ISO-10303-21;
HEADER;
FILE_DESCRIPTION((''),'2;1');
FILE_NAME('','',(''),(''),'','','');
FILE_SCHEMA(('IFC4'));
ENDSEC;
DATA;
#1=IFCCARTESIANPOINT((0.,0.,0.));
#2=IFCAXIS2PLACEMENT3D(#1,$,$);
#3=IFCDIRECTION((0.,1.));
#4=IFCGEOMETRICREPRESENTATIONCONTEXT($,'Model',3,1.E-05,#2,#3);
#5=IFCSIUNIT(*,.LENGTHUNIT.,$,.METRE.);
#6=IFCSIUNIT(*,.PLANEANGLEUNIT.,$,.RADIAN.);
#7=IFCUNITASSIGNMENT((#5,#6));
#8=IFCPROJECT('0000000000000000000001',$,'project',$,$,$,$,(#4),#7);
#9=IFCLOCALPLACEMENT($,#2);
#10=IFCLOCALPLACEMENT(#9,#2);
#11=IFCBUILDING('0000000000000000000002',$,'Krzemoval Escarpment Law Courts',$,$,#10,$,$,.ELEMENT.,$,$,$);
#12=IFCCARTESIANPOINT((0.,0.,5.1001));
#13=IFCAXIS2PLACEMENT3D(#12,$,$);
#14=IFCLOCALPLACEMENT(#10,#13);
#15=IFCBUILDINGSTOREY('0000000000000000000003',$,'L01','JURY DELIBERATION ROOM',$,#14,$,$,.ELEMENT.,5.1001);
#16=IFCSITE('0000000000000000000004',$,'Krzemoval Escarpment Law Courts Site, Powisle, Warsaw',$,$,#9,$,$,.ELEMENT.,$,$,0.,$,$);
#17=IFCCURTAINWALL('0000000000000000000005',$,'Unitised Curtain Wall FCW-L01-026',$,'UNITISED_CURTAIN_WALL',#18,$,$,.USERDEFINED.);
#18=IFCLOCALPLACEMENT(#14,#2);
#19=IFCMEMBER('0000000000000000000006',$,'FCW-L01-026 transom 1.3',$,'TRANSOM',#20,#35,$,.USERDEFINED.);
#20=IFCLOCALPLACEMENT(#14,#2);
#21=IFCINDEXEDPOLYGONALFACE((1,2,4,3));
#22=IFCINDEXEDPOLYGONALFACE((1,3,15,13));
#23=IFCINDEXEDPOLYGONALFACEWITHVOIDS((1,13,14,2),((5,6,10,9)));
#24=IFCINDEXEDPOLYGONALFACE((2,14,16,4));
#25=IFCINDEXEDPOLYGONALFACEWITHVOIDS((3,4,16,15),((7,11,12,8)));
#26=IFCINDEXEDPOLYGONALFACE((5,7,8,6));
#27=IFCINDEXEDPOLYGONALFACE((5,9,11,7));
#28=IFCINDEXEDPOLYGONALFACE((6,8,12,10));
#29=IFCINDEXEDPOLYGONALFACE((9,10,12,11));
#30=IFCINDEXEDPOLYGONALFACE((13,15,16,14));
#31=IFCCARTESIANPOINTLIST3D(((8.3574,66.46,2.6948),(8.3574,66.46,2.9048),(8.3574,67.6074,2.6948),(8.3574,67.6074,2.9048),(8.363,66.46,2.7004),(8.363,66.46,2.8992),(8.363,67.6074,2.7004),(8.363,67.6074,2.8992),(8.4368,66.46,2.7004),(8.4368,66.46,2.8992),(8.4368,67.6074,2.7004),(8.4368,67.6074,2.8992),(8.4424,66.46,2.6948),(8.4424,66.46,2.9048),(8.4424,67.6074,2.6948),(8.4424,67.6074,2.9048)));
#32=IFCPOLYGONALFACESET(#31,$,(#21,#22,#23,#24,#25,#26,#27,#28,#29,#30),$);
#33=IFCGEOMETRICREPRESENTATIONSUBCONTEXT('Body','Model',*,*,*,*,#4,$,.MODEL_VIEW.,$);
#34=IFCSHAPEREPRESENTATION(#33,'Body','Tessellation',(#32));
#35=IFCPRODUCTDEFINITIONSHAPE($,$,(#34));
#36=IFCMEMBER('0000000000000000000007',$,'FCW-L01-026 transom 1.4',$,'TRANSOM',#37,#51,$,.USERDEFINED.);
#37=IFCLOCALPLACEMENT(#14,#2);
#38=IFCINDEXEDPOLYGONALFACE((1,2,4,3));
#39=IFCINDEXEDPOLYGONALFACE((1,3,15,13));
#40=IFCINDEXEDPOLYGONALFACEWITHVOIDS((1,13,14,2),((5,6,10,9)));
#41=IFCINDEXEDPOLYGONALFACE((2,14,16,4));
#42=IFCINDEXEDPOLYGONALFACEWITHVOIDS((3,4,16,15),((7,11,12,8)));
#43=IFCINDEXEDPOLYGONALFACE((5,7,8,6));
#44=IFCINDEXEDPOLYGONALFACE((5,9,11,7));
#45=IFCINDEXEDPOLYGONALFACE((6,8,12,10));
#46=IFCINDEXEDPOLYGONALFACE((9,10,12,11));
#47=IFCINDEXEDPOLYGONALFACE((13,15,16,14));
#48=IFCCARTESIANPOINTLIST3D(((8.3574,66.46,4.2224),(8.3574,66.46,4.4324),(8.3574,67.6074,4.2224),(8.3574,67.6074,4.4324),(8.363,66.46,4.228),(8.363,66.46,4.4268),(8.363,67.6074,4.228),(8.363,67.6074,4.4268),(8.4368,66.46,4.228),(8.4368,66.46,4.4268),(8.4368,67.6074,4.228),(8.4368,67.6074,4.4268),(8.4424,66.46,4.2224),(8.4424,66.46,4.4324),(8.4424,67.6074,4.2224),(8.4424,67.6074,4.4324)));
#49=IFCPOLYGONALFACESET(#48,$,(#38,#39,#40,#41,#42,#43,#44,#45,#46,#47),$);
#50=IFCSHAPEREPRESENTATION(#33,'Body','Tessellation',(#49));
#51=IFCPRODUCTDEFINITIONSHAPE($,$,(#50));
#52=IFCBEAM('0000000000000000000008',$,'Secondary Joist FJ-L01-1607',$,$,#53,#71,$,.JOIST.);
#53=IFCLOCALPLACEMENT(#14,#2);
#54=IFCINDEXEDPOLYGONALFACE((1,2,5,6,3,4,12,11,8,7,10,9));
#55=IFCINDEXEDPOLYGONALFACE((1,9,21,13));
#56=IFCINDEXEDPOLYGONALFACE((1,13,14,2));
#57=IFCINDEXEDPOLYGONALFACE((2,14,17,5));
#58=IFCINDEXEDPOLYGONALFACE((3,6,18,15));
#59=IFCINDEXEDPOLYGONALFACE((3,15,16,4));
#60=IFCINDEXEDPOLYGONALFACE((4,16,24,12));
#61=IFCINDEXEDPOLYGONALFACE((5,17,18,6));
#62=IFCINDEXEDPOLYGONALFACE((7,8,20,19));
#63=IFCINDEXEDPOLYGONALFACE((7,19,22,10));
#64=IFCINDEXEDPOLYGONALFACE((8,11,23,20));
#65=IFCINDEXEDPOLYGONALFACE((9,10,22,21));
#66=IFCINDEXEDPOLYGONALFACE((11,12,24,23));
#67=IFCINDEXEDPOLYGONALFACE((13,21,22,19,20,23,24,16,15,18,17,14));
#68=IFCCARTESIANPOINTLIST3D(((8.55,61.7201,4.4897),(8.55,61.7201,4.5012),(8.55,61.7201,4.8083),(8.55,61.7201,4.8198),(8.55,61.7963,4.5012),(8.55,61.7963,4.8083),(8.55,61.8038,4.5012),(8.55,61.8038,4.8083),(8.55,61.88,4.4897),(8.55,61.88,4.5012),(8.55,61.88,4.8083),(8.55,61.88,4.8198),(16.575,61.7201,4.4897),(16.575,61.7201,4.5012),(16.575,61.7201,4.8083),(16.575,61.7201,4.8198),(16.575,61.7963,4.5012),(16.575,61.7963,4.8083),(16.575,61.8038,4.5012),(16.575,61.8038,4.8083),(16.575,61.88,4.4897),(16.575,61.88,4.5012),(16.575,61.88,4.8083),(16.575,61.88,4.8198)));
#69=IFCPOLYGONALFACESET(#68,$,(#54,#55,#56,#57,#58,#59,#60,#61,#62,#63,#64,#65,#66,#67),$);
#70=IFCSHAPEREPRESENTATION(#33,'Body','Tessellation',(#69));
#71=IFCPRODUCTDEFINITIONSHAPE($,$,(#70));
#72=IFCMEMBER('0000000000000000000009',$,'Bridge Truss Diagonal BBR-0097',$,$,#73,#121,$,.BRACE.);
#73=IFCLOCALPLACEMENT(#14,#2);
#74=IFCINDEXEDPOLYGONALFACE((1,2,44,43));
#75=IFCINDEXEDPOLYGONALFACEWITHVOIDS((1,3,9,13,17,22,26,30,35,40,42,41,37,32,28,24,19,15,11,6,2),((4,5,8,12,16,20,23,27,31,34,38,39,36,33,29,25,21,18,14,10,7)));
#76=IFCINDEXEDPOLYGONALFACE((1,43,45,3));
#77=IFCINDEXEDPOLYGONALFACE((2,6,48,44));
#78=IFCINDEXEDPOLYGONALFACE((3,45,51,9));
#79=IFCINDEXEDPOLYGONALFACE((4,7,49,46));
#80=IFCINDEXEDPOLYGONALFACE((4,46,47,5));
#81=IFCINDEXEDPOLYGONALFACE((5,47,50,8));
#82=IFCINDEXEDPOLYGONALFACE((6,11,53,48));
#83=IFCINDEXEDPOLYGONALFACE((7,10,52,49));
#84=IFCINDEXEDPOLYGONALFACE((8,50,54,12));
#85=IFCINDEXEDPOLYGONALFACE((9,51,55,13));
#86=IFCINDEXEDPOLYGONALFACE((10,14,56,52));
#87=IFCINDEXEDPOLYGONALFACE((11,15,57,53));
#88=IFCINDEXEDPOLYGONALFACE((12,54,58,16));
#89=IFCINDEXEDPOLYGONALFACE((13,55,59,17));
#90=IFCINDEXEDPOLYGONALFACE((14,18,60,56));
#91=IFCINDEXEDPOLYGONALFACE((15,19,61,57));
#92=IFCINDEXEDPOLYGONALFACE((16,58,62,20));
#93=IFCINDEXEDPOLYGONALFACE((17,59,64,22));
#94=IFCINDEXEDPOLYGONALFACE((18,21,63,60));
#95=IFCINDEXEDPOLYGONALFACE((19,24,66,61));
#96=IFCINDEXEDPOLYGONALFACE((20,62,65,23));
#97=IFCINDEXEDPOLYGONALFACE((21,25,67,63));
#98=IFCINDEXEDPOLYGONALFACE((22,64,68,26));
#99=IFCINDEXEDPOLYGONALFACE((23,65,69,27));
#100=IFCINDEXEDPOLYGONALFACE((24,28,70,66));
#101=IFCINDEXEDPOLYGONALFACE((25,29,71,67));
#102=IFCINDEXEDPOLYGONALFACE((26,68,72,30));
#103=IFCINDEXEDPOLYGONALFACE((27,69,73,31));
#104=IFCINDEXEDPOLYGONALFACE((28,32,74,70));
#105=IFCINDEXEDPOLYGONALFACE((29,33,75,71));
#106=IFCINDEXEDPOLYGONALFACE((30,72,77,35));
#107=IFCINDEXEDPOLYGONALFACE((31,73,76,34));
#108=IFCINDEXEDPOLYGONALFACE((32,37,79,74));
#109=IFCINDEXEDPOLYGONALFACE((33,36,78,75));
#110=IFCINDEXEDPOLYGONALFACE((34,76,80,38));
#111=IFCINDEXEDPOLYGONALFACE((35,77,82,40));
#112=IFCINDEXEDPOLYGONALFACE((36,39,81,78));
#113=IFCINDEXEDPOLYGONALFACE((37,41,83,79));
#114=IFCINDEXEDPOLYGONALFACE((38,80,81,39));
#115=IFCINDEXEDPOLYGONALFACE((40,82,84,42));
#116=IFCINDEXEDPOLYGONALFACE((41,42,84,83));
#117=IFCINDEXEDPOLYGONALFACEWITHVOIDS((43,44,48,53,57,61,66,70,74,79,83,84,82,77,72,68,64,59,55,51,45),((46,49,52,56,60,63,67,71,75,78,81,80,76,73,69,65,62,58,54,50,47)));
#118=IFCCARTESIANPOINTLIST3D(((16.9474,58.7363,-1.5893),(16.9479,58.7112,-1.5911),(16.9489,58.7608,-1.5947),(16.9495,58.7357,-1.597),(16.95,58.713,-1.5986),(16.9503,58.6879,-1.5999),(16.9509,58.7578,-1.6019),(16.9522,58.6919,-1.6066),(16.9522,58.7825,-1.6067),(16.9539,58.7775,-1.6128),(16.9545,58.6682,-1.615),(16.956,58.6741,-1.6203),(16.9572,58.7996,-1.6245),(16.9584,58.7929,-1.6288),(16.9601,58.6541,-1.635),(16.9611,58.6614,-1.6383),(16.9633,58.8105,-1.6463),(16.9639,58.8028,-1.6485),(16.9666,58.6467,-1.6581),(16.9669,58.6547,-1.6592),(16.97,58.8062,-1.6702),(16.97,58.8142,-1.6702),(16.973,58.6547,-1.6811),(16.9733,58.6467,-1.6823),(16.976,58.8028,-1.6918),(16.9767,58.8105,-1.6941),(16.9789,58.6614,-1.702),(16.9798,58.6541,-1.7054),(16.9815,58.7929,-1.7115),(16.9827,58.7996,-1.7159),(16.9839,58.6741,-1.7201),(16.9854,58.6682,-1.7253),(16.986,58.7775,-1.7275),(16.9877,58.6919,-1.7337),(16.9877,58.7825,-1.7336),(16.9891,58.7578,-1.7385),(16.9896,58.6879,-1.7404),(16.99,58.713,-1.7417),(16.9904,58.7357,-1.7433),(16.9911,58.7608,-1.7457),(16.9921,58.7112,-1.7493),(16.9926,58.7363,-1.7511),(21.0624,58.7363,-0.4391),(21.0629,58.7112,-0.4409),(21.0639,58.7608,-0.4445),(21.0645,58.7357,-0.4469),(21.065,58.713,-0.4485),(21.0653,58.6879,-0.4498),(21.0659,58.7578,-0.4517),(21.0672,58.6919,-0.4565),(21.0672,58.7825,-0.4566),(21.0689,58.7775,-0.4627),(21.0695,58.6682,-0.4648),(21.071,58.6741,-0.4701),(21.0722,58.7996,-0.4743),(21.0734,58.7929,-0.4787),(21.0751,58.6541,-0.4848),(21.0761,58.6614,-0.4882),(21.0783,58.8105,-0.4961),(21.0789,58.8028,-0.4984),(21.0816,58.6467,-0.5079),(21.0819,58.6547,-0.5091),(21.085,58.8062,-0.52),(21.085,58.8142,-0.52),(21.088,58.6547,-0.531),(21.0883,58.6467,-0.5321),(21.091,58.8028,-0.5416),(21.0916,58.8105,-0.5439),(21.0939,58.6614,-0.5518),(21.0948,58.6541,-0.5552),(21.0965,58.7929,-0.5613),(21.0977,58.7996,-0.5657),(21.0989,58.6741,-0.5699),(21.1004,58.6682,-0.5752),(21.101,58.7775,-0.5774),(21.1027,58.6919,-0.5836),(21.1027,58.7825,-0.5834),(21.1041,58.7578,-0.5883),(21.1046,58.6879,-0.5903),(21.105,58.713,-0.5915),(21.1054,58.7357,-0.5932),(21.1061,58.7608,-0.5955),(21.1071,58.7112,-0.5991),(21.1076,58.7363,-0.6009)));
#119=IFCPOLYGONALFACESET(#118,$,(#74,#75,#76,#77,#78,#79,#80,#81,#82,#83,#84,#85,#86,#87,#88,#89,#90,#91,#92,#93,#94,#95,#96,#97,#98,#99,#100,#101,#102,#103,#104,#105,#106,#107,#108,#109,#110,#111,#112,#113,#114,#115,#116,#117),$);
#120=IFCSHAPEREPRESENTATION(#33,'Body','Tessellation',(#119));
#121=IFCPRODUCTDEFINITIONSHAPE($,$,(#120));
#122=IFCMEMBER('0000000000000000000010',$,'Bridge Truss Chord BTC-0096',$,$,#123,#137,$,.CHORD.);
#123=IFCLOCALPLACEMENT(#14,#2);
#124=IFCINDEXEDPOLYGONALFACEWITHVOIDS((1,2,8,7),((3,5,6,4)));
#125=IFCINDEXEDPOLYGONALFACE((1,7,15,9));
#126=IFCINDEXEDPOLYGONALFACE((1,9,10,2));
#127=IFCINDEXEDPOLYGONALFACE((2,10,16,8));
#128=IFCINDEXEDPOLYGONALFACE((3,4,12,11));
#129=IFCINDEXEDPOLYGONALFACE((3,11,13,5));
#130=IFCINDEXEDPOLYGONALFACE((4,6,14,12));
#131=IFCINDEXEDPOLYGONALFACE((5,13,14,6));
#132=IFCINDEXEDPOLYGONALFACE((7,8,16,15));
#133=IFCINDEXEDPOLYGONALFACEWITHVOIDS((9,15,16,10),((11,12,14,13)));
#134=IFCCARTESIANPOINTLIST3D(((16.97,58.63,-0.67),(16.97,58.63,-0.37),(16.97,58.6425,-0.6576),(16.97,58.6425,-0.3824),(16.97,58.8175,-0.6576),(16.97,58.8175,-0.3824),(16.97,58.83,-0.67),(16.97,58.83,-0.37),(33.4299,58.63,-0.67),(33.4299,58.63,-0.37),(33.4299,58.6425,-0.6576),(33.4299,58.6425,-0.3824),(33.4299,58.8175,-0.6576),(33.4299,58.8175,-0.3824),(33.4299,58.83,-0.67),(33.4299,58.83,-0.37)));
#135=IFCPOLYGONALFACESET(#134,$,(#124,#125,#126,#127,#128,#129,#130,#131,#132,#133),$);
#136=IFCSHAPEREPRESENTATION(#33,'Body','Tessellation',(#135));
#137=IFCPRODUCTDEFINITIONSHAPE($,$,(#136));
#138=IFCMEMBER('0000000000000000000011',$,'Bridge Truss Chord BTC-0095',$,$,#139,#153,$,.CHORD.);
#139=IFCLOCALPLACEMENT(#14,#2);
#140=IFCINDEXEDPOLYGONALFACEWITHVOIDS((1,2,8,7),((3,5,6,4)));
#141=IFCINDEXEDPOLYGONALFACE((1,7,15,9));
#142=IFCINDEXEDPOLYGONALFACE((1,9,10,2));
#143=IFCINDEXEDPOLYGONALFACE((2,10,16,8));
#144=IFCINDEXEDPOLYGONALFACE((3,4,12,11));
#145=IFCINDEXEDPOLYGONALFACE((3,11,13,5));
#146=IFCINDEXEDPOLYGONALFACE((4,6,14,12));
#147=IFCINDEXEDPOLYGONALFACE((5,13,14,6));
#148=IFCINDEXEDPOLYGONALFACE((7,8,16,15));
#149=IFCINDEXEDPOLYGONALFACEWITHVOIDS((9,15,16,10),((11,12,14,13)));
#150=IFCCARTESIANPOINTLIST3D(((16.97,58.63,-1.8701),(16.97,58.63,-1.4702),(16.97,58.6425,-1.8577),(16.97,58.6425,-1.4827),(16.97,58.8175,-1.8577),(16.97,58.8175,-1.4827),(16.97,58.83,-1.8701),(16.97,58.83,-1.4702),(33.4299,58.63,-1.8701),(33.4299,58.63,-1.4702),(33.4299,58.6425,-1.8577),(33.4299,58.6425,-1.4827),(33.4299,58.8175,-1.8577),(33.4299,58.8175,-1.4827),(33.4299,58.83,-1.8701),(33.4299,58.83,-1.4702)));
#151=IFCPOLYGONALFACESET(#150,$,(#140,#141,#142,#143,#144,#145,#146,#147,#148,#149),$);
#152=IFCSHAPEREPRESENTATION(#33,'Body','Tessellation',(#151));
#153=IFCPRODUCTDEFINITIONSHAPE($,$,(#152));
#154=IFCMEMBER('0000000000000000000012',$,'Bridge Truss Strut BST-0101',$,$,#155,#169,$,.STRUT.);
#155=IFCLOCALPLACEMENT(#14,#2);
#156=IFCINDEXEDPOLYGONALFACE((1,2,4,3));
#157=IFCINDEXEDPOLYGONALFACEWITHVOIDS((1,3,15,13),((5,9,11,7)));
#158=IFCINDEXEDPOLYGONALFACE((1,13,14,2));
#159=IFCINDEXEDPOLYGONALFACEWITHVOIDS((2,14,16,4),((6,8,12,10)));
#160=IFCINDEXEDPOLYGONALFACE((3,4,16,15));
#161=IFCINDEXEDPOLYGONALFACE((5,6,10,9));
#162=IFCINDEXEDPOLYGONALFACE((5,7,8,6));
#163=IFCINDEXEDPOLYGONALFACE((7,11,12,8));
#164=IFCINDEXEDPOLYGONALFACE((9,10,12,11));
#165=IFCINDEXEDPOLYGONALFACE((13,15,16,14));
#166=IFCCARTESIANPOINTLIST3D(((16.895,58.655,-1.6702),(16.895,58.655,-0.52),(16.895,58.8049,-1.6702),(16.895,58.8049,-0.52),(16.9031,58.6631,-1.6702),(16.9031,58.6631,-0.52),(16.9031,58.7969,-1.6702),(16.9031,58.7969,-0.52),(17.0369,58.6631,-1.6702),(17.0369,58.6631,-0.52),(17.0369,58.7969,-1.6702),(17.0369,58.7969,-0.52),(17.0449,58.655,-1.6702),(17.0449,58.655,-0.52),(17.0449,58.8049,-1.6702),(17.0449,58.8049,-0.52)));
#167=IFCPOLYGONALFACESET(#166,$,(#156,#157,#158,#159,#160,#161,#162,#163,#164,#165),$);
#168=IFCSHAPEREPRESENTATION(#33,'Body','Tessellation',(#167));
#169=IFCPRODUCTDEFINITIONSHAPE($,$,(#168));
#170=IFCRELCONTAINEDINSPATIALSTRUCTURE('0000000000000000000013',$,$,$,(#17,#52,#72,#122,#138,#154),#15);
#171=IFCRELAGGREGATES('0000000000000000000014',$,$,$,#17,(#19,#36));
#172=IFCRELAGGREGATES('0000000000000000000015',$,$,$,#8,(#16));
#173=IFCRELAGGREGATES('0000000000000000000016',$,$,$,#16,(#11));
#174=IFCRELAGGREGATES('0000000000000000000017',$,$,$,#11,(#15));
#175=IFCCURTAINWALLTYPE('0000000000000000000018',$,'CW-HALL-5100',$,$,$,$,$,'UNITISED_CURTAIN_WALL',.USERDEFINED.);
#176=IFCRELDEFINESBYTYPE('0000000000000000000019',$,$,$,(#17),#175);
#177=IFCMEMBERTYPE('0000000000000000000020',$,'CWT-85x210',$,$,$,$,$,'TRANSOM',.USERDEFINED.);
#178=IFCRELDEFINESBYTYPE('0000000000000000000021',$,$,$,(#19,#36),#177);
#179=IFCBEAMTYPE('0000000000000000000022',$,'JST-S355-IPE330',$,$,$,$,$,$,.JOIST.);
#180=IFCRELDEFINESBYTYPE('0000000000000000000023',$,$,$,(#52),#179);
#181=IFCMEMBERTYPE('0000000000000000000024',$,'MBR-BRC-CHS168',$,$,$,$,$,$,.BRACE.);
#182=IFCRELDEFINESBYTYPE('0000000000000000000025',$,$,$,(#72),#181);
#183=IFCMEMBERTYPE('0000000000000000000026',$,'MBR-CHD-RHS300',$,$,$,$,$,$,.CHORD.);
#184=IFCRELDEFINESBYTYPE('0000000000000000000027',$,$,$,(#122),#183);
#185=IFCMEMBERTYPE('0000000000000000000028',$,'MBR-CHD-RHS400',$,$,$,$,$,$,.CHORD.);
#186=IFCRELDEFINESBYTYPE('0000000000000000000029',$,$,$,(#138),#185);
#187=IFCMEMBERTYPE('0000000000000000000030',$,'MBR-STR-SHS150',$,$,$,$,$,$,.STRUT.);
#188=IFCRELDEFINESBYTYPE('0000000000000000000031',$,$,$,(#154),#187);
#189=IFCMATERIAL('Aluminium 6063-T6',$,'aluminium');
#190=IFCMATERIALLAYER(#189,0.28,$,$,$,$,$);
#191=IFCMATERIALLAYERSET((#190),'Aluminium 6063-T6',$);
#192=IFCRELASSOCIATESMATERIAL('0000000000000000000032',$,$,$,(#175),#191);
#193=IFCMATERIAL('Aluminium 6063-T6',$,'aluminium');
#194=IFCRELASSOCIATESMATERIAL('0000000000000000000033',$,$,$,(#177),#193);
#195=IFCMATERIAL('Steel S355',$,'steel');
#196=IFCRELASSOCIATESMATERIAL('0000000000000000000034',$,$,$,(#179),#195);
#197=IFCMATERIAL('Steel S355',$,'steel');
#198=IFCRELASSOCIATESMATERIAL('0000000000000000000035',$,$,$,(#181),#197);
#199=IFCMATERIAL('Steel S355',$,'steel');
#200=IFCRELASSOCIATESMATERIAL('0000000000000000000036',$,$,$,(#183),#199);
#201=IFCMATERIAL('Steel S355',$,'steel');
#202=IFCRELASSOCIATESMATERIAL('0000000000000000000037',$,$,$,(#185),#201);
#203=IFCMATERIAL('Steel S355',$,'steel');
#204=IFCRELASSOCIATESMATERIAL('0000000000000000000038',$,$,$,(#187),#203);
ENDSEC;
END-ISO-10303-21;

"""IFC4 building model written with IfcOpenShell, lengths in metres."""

from ifc_helpers import new_model, si_unit, direction, frame, origin, origin_2d, place, context, subcontext, project, spatial, hollow_rectangle, hollow_circle, i_section, extrude, material, layer, layer_set, material_profile, profile_set, type_object, element, aggregate, save


model = new_model("IFC4")

# Units and contexts
model_context = context("Model", 3, precision=1e-05, world=origin(), true_north=direction((0.0, 1.0)))
body_context = subcontext(model_context, "Body", "Model", "MODEL_VIEW")
ifc_project = project(units=[si_unit("LENGTHUNIT", "METRE"), si_unit("PLANEANGLEUNIT", "RADIAN")], contexts=[model_context])

# Site, building, storey
site_placement = place(None, origin())
site = spatial("IfcSite", under=ifc_project, at=site_placement, Name="Krzemoval Escarpment Law Courts Site, Powisle, Warsaw", CompositionType="ELEMENT", RefElevation=0.0)
building_placement = place(site_placement, origin())
building = spatial("IfcBuilding", under=site, at=building_placement, Name="Krzemoval Escarpment Law Courts", CompositionType="ELEMENT")
storey_placement = place(building_placement, frame((0.0, 0.0, 5.1001)))
storey = spatial("IfcBuildingStorey", under=building, at=storey_placement, Name="L01", Description="JURY DELIBERATION ROOM", CompositionType="ELEMENT", Elevation=5.1001)

# Shared definitions
ifc_material_1 = material(Name="Aluminium 6063-T6", Category="aluminium")
ifc_layer_1 = layer(ifc_material_1, 0.28)
ifc_layer_set_1 = layer_set([ifc_layer_1], Name="Aluminium 6063-T6")
curtain_wall_type = type_object("IfcCurtainWallType", Name="CW-HALL-5100", ElementType="UNITISED_CURTAIN_WALL", PredefinedType="USERDEFINED", material=ifc_layer_set_1)

# Curtain wall, members
curtain_wall_1_placement = place(storey_placement, origin())
curtain_wall_1 = element("IfcCurtainWall", 1, at=curtain_wall_1_placement, inside=storey, type_object=curtain_wall_type, Name="Unitised Curtain Wall FCW-L01-026", ObjectType="UNITISED_CURTAIN_WALL", PredefinedType="USERDEFINED")
ifc_material_2 = material(Name="Aluminium 6063-T6", Category="aluminium")
ifc_material_profile_1 = material_profile(ifc_material_2, hollow_rectangle(XDim=0.085, YDim=0.21, WallThickness=0.0056, at=origin_2d()), Name="ALU T85x210")
ifc_profile_set_1 = profile_set([ifc_material_profile_1], Name="Aluminium 6063-T6")
member_type_1 = type_object("IfcMemberType", Name="CWT-85x210", ElementType="TRANSOM", PredefinedType="USERDEFINED", material=ifc_profile_set_1)
member_1_placement = place(storey_placement, frame((8.3999, 66.46, 2.7998), z_axis=(0.0, 1.0, 0.0), x_axis=(-1.0, 0.0, 0.0)))
member_1 = element("IfcMember", 2, at=member_1_placement, type_object=member_type_1, Name="FCW-L01-026 transom 1.3", ObjectType="TRANSOM", PredefinedType="USERDEFINED", context=body_context, shape_type="SweptSolid", body=[
    extrude(hollow_rectangle(XDim=0.085, YDim=0.21, WallThickness=0.0056, at=origin_2d()), origin(), (0.0, 0.0, 1.0), 1.1475),
])
member_2_placement = place(storey_placement, frame((8.3999, 66.46, 4.3274), z_axis=(0.0, 1.0, 0.0), x_axis=(-1.0, 0.0, 0.0)))
member_2 = element("IfcMember", 3, at=member_2_placement, type_object=member_type_1, Name="FCW-L01-026 transom 1.4", ObjectType="TRANSOM", PredefinedType="USERDEFINED", context=body_context, shape_type="SweptSolid", body=[
    extrude(hollow_rectangle(XDim=0.085, YDim=0.21, WallThickness=0.0056, at=origin_2d()), origin(), (0.0, 0.0, 1.0), 1.1475),
])

# Beam
ifc_material_3 = material(Name="Steel S355", Category="steel")
ifc_material_profile_2 = material_profile(ifc_material_3, i_section(OverallWidth=0.1599, OverallDepth=0.3301, WebThickness=0.0076, FlangeThickness=0.0115, at=origin_2d()), Name="IPE 330")
ifc_profile_set_2 = profile_set([ifc_material_profile_2], Name="Steel S355")
beam_type_1 = type_object("IfcBeamType", Name="JST-S355-IPE330", PredefinedType="JOIST", material=ifc_profile_set_2)
beam_1_placement = place(storey_placement, frame((8.55, 61.8, 4.6548), z_axis=(1.0, 0.0, 0.0), x_axis=(0.0, 1.0, 0.0)))
element("IfcBeam", 4, at=beam_1_placement, inside=storey, type_object=beam_type_1, Name="Secondary Joist FJ-L01-1607", PredefinedType="JOIST", context=body_context, shape_type="SweptSolid", body=[
    extrude(i_section(OverallWidth=0.1599, OverallDepth=0.3301, WebThickness=0.0076, FlangeThickness=0.0115, at=origin_2d()), origin(), (0.0, 0.0, 1.0), 8.0249),
])

# Members
ifc_material_4 = material(Name="Steel S355", Category="steel")
ifc_material_profile_3 = material_profile(ifc_material_4, hollow_circle(Radius=0.0842, WallThickness=0.0081, at=origin_2d()), Name="CHS 168.3x8")
ifc_profile_set_3 = profile_set([ifc_material_profile_3], Name="Steel S355")
member_type_2 = type_object("IfcMemberType", Name="MBR-BRC-CHS168", PredefinedType="BRACE", material=ifc_profile_set_3)
member_3_placement = place(storey_placement, frame((16.97, 58.73, -1.6702), z_axis=(0.963089, 0.0, 0.269185), x_axis=(0.0, 1.0, 0.0)))
element("IfcMember", 5, at=member_3_placement, inside=storey, type_object=member_type_2, Name="Bridge Truss Diagonal BBR-0097", PredefinedType="BRACE", context=body_context, shape_type="SweptSolid", body=[
    extrude(hollow_circle(Radius=0.0842, WallThickness=0.0081, at=origin_2d()), origin(), (0.0, 0.0, 1.0), 4.2727),
])
ifc_material_5 = material(Name="Steel S355", Category="steel")
ifc_material_profile_4 = material_profile(ifc_material_5, hollow_rectangle(XDim=0.2, YDim=0.3, WallThickness=0.0125, at=origin_2d()), Name="RHS 300x200x12.5")
ifc_profile_set_4 = profile_set([ifc_material_profile_4], Name="Steel S355")
member_type_3 = type_object("IfcMemberType", Name="MBR-CHD-RHS300", PredefinedType="CHORD", material=ifc_profile_set_4)
member_4_placement = place(storey_placement, frame((16.97, 58.73, -0.52), z_axis=(1.0, 0.0, 0.0), x_axis=(0.0, 1.0, 0.0)))
element("IfcMember", 6, at=member_4_placement, inside=storey, type_object=member_type_3, Name="Bridge Truss Chord BTC-0096", PredefinedType="CHORD", context=body_context, shape_type="SweptSolid", body=[
    extrude(hollow_rectangle(XDim=0.2, YDim=0.3, WallThickness=0.0125, at=origin_2d()), origin(), (0.0, 0.0, 1.0), 16.46),
])
ifc_material_6 = material(Name="Steel S355", Category="steel")
ifc_material_profile_5 = material_profile(ifc_material_6, hollow_rectangle(XDim=0.2, YDim=0.3999, WallThickness=0.0125, at=origin_2d()), Name="RHS 400x200x12.5")
ifc_profile_set_5 = profile_set([ifc_material_profile_5], Name="Steel S355")
member_type_4 = type_object("IfcMemberType", Name="MBR-CHD-RHS400", PredefinedType="CHORD", material=ifc_profile_set_5)
member_5_placement = place(storey_placement, frame((16.97, 58.73, -1.6702), z_axis=(1.0, 0.0, 0.0), x_axis=(0.0, 1.0, 0.0)))
element("IfcMember", 7, at=member_5_placement, inside=storey, type_object=member_type_4, Name="Bridge Truss Chord BTC-0095", PredefinedType="CHORD", context=body_context, shape_type="SweptSolid", body=[
    extrude(hollow_rectangle(XDim=0.2, YDim=0.3999, WallThickness=0.0125, at=origin_2d()), origin(), (0.0, 0.0, 1.0), 16.46),
])
ifc_material_7 = material(Name="Steel S355", Category="steel")
ifc_material_profile_6 = material_profile(ifc_material_7, hollow_rectangle(XDim=0.1499, YDim=0.1499, WallThickness=0.0081, at=origin_2d()), Name="SHS 150x150x8")
ifc_profile_set_6 = profile_set([ifc_material_profile_6], Name="Steel S355")
member_type_5 = type_object("IfcMemberType", Name="MBR-STR-SHS150", PredefinedType="STRUT", material=ifc_profile_set_6)
member_6_placement = place(storey_placement, frame((16.97, 58.73, -1.6702), z_axis=(0.0, 0.0, 1.0), x_axis=(1.0, 0.0, 0.0)))
element("IfcMember", 8, at=member_6_placement, inside=storey, type_object=member_type_5, Name="Bridge Truss Strut BST-0101", PredefinedType="STRUT", context=body_context, shape_type="SweptSolid", body=[
    extrude(hollow_rectangle(XDim=0.1499, YDim=0.1499, WallThickness=0.0081, at=origin_2d()), origin(), (0.0, 0.0, 1.0), 1.1501),
])

aggregate(curtain_wall_1, [member_1, member_2])

save(model, "model.ifc")
